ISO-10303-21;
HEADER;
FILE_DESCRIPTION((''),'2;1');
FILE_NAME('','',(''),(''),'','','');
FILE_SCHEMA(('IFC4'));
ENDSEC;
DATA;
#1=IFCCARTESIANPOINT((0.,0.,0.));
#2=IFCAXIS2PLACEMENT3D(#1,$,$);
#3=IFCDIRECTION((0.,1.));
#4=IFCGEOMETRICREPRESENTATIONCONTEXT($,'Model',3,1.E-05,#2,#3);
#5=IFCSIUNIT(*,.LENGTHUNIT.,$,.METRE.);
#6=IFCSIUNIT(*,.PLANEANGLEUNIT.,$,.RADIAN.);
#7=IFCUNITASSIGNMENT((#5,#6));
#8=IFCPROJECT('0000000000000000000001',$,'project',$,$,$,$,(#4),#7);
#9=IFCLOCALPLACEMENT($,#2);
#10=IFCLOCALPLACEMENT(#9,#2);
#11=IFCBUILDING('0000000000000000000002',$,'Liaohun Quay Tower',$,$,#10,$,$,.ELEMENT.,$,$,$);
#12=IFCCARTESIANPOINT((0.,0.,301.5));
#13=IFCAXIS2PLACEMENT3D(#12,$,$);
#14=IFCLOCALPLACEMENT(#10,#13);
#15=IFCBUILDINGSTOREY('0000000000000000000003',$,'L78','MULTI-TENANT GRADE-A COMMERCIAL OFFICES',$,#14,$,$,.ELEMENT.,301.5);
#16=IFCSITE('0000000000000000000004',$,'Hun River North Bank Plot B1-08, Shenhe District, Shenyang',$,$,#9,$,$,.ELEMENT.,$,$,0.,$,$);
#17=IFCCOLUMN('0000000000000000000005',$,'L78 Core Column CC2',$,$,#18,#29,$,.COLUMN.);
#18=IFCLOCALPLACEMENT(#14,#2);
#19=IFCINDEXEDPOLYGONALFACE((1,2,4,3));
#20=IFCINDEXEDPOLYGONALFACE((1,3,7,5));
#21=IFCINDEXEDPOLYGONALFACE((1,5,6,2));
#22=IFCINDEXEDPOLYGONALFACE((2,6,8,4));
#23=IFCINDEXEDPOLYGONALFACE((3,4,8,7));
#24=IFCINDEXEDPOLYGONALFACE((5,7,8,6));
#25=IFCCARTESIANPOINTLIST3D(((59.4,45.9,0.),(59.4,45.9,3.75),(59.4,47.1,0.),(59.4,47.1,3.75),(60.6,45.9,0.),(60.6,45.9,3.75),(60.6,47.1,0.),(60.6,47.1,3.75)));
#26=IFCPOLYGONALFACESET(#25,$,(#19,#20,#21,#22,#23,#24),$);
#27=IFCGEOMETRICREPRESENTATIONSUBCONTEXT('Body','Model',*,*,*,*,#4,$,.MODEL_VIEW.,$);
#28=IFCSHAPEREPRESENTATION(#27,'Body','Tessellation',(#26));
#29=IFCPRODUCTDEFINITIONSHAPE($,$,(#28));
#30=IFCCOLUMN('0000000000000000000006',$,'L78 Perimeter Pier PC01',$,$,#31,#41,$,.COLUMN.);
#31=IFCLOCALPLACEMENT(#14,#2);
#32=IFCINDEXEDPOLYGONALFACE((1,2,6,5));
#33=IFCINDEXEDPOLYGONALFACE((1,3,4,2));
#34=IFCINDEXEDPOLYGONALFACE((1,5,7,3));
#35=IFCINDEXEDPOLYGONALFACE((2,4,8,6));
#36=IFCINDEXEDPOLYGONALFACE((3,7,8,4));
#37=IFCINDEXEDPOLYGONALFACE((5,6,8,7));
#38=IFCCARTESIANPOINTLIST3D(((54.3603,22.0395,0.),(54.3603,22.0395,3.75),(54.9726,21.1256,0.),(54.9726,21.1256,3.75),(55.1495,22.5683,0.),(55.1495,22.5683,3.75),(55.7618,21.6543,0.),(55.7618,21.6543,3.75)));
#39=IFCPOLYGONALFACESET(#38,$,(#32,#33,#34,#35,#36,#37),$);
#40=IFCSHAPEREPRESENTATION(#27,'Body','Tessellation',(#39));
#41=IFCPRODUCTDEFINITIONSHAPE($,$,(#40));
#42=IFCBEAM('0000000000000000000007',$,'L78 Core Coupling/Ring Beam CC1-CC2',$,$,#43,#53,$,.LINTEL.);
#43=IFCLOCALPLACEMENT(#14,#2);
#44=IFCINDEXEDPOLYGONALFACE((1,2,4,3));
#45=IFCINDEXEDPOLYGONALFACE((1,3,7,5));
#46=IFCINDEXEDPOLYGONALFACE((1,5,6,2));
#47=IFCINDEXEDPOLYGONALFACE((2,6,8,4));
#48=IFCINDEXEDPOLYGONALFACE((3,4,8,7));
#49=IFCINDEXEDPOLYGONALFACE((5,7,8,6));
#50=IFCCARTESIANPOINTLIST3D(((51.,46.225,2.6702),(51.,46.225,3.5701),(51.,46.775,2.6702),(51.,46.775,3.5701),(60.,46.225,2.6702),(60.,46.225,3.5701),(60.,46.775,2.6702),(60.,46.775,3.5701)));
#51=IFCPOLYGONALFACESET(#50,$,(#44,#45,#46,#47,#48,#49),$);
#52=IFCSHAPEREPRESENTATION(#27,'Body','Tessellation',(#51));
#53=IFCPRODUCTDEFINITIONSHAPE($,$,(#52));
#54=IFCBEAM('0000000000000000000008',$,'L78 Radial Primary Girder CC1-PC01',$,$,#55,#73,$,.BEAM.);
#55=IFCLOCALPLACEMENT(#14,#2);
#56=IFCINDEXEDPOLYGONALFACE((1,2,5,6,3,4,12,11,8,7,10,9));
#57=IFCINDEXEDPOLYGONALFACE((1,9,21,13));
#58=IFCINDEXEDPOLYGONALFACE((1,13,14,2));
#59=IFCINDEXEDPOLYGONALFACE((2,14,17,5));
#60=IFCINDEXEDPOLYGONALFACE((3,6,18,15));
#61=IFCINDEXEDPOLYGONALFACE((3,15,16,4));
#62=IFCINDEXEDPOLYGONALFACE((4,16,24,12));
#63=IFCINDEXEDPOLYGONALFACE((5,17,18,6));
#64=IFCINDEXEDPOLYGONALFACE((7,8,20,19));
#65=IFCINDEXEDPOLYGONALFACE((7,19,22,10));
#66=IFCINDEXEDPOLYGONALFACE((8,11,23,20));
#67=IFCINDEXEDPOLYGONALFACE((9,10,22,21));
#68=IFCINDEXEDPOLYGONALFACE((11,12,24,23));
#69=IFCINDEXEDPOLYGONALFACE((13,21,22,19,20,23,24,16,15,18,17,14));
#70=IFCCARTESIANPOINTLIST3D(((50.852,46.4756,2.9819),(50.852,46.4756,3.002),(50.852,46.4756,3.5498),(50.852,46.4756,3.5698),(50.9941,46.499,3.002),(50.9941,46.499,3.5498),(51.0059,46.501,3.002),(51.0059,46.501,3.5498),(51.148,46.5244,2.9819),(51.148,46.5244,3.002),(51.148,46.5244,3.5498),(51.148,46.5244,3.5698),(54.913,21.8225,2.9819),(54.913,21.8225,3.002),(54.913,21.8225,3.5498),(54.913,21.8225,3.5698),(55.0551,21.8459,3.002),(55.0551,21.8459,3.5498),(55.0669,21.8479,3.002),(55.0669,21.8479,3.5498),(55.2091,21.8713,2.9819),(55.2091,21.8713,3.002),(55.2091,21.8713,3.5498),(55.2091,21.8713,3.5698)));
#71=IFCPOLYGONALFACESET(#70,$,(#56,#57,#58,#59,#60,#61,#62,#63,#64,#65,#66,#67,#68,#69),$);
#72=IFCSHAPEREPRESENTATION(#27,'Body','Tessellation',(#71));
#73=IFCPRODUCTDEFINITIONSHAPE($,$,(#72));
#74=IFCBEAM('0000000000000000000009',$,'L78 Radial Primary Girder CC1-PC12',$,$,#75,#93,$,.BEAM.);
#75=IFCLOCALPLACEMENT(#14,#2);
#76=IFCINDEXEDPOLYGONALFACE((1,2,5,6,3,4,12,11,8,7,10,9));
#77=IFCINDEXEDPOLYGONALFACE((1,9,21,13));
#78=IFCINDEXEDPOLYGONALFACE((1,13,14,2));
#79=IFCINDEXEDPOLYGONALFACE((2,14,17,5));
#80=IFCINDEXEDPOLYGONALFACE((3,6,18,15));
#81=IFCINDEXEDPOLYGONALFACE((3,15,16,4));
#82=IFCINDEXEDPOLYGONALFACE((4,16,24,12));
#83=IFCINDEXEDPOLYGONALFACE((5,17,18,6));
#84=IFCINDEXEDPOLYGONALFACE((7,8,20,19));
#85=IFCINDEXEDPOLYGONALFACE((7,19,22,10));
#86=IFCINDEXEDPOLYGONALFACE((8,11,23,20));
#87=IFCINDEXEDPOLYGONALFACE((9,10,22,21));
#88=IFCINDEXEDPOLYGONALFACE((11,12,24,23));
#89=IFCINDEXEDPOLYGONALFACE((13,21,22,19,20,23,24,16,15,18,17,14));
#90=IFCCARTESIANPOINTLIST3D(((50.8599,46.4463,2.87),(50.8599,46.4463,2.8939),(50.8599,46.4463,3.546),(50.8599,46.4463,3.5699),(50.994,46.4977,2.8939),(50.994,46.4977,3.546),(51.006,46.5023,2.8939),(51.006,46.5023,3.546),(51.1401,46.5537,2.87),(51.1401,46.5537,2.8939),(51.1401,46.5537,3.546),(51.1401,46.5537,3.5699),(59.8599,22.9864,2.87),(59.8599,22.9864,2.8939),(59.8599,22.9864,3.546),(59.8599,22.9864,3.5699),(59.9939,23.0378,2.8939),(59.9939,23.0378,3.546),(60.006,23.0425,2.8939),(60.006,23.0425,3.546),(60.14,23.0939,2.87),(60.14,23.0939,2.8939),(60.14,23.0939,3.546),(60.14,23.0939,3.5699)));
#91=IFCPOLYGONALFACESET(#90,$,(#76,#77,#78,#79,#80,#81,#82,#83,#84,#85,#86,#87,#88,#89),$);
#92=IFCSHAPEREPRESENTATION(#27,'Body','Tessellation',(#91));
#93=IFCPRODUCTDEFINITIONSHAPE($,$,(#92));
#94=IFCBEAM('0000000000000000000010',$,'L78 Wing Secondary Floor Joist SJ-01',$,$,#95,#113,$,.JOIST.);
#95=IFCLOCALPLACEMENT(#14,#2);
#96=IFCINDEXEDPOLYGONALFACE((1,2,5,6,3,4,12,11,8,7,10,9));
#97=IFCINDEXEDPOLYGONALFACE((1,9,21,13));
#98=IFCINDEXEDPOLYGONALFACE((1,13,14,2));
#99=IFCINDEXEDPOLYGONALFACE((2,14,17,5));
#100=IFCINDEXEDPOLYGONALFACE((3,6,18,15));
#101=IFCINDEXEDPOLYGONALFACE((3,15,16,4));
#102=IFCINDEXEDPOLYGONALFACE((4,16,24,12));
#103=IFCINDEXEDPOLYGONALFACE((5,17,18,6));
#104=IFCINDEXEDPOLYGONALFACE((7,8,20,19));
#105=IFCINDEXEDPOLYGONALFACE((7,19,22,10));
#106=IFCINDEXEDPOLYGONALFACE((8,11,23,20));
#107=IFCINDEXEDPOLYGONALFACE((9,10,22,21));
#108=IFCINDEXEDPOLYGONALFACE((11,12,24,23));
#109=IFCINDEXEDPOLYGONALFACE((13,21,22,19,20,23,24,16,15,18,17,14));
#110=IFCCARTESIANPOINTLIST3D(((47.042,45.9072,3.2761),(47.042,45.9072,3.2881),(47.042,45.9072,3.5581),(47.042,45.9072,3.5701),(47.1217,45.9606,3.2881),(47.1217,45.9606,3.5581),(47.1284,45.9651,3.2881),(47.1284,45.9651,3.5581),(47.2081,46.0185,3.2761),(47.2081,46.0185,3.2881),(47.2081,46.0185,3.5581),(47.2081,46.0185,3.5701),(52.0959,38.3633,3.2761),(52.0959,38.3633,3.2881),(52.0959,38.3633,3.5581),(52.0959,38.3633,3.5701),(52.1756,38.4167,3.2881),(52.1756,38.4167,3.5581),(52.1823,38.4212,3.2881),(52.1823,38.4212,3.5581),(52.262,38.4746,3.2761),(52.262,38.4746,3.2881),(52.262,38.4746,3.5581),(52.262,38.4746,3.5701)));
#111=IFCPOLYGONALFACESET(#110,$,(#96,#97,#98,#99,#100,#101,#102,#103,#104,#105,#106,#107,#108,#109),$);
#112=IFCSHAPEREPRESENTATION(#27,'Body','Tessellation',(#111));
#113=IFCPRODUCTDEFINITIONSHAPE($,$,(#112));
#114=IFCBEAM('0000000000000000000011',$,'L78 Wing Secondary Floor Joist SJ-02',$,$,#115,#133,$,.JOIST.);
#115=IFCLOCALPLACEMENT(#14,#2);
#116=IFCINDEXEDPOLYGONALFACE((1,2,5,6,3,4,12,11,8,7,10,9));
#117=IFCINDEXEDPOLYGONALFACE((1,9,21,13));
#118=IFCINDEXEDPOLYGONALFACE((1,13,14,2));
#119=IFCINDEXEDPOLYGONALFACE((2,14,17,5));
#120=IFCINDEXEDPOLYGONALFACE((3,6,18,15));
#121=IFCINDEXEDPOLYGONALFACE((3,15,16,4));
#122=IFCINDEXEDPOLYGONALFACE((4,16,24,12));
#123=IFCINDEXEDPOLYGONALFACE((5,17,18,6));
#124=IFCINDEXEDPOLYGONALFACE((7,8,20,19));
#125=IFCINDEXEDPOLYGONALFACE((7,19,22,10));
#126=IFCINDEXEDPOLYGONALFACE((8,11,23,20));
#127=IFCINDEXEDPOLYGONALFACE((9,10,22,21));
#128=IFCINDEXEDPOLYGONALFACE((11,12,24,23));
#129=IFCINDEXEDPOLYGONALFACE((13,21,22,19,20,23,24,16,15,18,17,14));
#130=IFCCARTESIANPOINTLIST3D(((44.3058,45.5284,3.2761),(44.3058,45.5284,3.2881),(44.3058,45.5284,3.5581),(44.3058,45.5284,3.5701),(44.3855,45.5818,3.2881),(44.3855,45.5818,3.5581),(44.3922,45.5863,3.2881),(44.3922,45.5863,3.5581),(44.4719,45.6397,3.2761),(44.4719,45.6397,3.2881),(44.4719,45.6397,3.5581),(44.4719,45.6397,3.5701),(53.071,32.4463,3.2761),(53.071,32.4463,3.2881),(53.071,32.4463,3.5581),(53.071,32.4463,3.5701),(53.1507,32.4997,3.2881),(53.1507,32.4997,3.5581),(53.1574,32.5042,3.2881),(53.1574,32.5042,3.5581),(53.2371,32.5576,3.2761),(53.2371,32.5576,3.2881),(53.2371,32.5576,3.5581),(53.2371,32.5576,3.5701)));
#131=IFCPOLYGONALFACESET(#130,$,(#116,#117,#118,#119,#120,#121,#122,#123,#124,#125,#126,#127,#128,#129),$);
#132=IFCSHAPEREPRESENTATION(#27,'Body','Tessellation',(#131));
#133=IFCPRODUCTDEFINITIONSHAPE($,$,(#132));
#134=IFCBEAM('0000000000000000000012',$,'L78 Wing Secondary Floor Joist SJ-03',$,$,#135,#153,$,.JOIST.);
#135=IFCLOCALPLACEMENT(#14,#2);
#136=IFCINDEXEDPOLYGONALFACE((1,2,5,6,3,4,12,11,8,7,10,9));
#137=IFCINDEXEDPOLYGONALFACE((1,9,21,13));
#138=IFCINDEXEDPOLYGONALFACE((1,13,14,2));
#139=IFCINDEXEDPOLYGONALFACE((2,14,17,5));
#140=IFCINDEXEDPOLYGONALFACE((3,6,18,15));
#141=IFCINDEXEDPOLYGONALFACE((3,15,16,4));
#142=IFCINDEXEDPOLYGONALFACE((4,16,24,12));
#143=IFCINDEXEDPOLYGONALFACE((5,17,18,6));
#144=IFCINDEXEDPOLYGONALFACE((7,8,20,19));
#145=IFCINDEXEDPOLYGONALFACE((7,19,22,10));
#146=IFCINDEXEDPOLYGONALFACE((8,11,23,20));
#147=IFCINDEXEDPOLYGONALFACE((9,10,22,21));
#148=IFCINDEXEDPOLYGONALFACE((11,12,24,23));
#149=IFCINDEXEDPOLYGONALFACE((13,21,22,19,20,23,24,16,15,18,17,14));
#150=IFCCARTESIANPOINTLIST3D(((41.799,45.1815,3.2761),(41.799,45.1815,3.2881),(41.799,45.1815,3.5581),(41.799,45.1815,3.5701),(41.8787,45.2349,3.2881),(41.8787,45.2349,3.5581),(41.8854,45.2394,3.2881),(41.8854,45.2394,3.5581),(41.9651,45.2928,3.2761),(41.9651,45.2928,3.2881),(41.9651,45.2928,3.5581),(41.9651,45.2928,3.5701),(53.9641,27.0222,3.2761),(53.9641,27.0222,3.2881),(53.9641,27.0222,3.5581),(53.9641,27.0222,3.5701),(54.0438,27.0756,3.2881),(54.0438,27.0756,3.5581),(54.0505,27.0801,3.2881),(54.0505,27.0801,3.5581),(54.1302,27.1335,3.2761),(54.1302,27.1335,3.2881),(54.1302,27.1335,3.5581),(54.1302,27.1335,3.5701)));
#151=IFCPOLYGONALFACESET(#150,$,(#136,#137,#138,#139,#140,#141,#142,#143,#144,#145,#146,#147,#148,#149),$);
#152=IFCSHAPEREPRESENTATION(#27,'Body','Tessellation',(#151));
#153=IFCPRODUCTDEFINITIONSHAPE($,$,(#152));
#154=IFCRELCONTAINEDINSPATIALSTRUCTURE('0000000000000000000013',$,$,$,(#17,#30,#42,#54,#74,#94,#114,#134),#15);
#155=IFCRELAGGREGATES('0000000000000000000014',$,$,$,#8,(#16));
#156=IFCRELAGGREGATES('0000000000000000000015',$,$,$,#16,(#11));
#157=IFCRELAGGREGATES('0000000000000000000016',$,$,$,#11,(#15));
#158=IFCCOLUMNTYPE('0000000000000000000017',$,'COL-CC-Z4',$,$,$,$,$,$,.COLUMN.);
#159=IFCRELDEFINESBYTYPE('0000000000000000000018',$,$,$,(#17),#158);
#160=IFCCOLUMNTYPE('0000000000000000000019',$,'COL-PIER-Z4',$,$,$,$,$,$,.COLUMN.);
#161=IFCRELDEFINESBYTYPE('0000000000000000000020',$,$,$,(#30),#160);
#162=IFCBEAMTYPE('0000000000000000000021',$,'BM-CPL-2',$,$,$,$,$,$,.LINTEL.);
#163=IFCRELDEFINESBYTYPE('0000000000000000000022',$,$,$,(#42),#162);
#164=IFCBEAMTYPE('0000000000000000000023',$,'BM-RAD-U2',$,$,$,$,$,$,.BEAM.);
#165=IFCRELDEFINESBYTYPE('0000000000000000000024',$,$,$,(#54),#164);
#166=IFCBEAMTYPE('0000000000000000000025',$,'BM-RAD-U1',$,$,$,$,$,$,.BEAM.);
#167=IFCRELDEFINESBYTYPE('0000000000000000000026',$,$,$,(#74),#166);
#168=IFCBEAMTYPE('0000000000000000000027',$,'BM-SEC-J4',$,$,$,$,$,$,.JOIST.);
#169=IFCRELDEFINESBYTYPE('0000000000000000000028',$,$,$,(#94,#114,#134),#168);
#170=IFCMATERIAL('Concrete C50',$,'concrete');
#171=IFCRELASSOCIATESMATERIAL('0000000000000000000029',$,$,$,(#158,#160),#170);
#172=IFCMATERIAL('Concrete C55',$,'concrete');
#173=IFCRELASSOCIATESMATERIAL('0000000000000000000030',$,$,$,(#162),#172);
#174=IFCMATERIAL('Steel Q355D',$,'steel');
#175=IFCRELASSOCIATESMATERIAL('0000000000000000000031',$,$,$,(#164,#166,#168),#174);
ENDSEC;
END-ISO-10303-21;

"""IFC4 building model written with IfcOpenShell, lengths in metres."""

from ifc_helpers import new_model, si_unit, direction, frame, origin, origin_2d, place, context, subcontext, project, spatial, rectangle, i_section, extrude, source, transform, mapped, material, material_profile, profile_set, type_object, element, save


model = new_model("IFC4")

# Units and contexts
model_context = context("Model", 3, precision=1e-05, world=origin(), true_north=direction((0.0, 1.0)))
body_context = subcontext(model_context, "Body", "Model", "MODEL_VIEW")
ifc_project = project(units=[si_unit("LENGTHUNIT", "METRE"), si_unit("PLANEANGLEUNIT", "RADIAN")], contexts=[model_context])

# Site, building, storey
site_placement = place(None, origin())
site = spatial("IfcSite", under=ifc_project, at=site_placement, Name="Hun River North Bank Plot B1-08, Shenhe District, Shenyang", CompositionType="ELEMENT", RefElevation=0.0)
building_placement = place(site_placement, origin())
building = spatial("IfcBuilding", under=site, at=building_placement, Name="Liaohun Quay Tower", CompositionType="ELEMENT")
storey_placement = place(building_placement, frame((0.0, 0.0, 301.5)))
storey = spatial("IfcBuildingStorey", under=building, at=storey_placement, Name="L78", Description="MULTI-TENANT GRADE-A COMMERCIAL OFFICES", CompositionType="ELEMENT", Elevation=301.5)

# Columns
ifc_material_1 = material(Name="Concrete C50", Category="concrete")
ifc_material_profile_1 = material_profile(ifc_material_1, rectangle(XDim=1.2, YDim=1.2, at=origin_2d()), Name="RC1200x1200")
ifc_profile_set_1 = profile_set([ifc_material_profile_1], Name="Concrete C50")
column_type_1 = type_object("IfcColumnType", Name="COL-CC-Z4", PredefinedType="COLUMN", material=ifc_profile_set_1)
shared_shape_1 = source(origin(), body_context, "Body", "SweptSolid", [
    extrude(rectangle(XDim=1.2, YDim=1.2, at=origin_2d()), origin(), (0.0, 0.0, 1.0), 3.75),
])
column_1_placement = place(storey_placement, frame((60.0, 46.5, 0.0), z_axis=(0.0, 0.0, 1.0), x_axis=(1.0, 0.0, 0.0)))
element("IfcColumn", 1, at=column_1_placement, inside=storey, type_object=column_type_1, Name="L78 Core Column CC2", PredefinedType="COLUMN", context=body_context, shape_type="MappedRepresentation", body=[
    mapped(shared_shape_1, transform((0.0, 0.0, 0.0), x_axis=(1.0, 0.0, 0.0), y_axis=(0.0, 1.0, 0.0), z_axis=(0.0, 0.0, 1.0), scale=1.0)),
])
ifc_material_profile_2 = material_profile(ifc_material_1, rectangle(XDim=1.1001, YDim=0.95, at=origin_2d()), Name="RC1100x950")
ifc_profile_set_2 = profile_set([ifc_material_profile_2], Name="Concrete C50")
column_type_2 = type_object("IfcColumnType", Name="COL-PIER-Z4", PredefinedType="COLUMN", material=ifc_profile_set_2)
shared_shape_2 = source(origin(), body_context, "Body", "SweptSolid", [
    extrude(rectangle(XDim=1.1001, YDim=0.95, at=origin_2d()), origin(), (0.0, 0.0, 1.0), 3.75),
])
column_2_placement = place(storey_placement, frame((55.061, 21.8469, 0.0), z_axis=(0.0, 0.0, 1.0), x_axis=(-0.556586, 0.83079, 0.0)))
element("IfcColumn", 2, at=column_2_placement, inside=storey, type_object=column_type_2, Name="L78 Perimeter Pier PC01", PredefinedType="COLUMN", context=body_context, shape_type="MappedRepresentation", body=[
    mapped(shared_shape_2, transform((0.0, 0.0, 0.0), x_axis=(1.0, 0.0, 0.0), y_axis=(0.0, 1.0, 0.0), z_axis=(0.0, 0.0, 1.0), scale=1.0)),
])

# Beams
ifc_material_2 = material(Name="Concrete C55", Category="concrete")
ifc_material_profile_3 = material_profile(ifc_material_2, rectangle(XDim=0.55, YDim=0.8999, at=origin_2d()), Name="RC550x900")
ifc_profile_set_3 = profile_set([ifc_material_profile_3], Name="Concrete C55")
beam_type_1 = type_object("IfcBeamType", Name="BM-CPL-2", PredefinedType="LINTEL", material=ifc_profile_set_3)
shared_shape_3 = source(origin(), body_context, "Body", "SweptSolid", [
    extrude(rectangle(XDim=0.55, YDim=0.8999, at=origin_2d()), origin(), (0.0, 0.0, 1.0), 9.0),
])
beam_1_placement = place(storey_placement, frame((51.0, 46.5, 3.1201), z_axis=(1.0, 0.0, 0.0), x_axis=(0.0, 1.0, 0.0)))
element("IfcBeam", 3, at=beam_1_placement, inside=storey, type_object=beam_type_1, Name="L78 Core Coupling/Ring Beam CC1-CC2", PredefinedType="LINTEL", context=body_context, shape_type="MappedRepresentation", body=[
    mapped(shared_shape_3, transform((0.0, 0.0, 0.0), x_axis=(1.0, 0.0, 0.0), y_axis=(0.0, 1.0, 0.0), z_axis=(0.0, 0.0, 1.0), scale=1.0)),
])
ifc_material_3 = material(Name="Steel Q355D", Category="steel")
ifc_material_profile_4 = material_profile(ifc_material_3, i_section(OverallWidth=0.3, OverallDepth=0.5879, WebThickness=0.012, FlangeThickness=0.02, at=origin_2d()), Name="HM588x300x12x20")
ifc_profile_set_4 = profile_set([ifc_material_profile_4], Name="Steel Q355D")
beam_type_2 = type_object("IfcBeamType", Name="BM-RAD-U2", PredefinedType="BEAM", material=ifc_profile_set_4)
shared_shape_4 = source(origin(), body_context, "Body", "SweptSolid", [
    extrude(i_section(OverallWidth=0.3, OverallDepth=0.5879, WebThickness=0.012, FlangeThickness=0.02, at=origin_2d()), origin(), (0.0, 0.0, 1.0), 24.9854),
])
beam_2_placement = place(storey_placement, frame((51.0, 46.5, 3.2759), z_axis=(0.162537, -0.986702, 0.0), x_axis=(0.986702, 0.162537, 0.0)))
element("IfcBeam", 4, at=beam_2_placement, inside=storey, type_object=beam_type_2, Name="L78 Radial Primary Girder CC1-PC01", PredefinedType="BEAM", context=body_context, shape_type="MappedRepresentation", body=[
    mapped(shared_shape_4, transform((0.0, 0.0, 0.0), x_axis=(1.0, 0.0, 0.0), y_axis=(0.0, 1.0, 0.0), z_axis=(0.0, 0.0, 1.0), scale=1.0)),
])
ifc_material_profile_5 = material_profile(ifc_material_3, i_section(OverallWidth=0.3, OverallDepth=0.7, WebThickness=0.0129, FlangeThickness=0.0239, at=origin_2d()), Name="HN700x300x13x24")
ifc_profile_set_5 = profile_set([ifc_material_profile_5], Name="Steel Q355D")
beam_type_3 = type_object("IfcBeamType", Name="BM-RAD-U1", PredefinedType="BEAM", material=ifc_profile_set_5)
shared_shape_5 = source(origin(), body_context, "Body", "SweptSolid", [
    extrude(i_section(OverallWidth=0.3, OverallDepth=0.7, WebThickness=0.0129, FlangeThickness=0.0239, at=origin_2d()), origin(), (0.0, 0.0, 1.0), 25.127),
])
beam_3_placement = place(storey_placement, frame((51.0, 46.5, 3.22), z_axis=(0.358179, -0.933653, 0.0), x_axis=(0.933653, 0.358179, 0.0)))
element("IfcBeam", 5, at=beam_3_placement, inside=storey, type_object=beam_type_3, Name="L78 Radial Primary Girder CC1-PC12", PredefinedType="BEAM", context=body_context, shape_type="MappedRepresentation", body=[
    mapped(shared_shape_5, transform((0.0, 0.0, 0.0), x_axis=(1.0, 0.0, 0.0), y_axis=(0.0, 1.0, 0.0), z_axis=(0.0, 0.0, 1.0), scale=1.0)),
])
ifc_material_profile_6 = material_profile(ifc_material_3, i_section(OverallWidth=0.2, OverallDepth=0.2939, WebThickness=0.0081, FlangeThickness=0.012, at=origin_2d()), Name="HM294x200x8x12")
ifc_profile_set_6 = profile_set([ifc_material_profile_6], Name="Steel Q355D")
beam_type_4 = type_object("IfcBeamType", Name="BM-SEC-J4", PredefinedType="JOIST", material=ifc_profile_set_6)
shared_shape_6 = source(origin(), body_context, "Body", "SweptSolid", [
    extrude(i_section(OverallWidth=0.2, OverallDepth=0.2939, WebThickness=0.0081, FlangeThickness=0.012, at=origin_2d()), origin(), (0.0, 0.0, 1.0), 9.0803),
])
beam_4_placement = place(storey_placement, frame((52.179, 38.4189, 3.4231), z_axis=(-0.556579, 0.830795, 0.0), x_axis=(-0.830795, -0.556579, 0.0)))
element("IfcBeam", 6, at=beam_4_placement, inside=storey, type_object=beam_type_4, Name="L78 Wing Secondary Floor Joist SJ-01", PredefinedType="JOIST", context=body_context, shape_type="MappedRepresentation", body=[
    mapped(shared_shape_6, transform((0.0, 0.0, 0.0), x_axis=(1.0, 0.0, 0.0), y_axis=(0.0, 1.0, 0.0), z_axis=(0.0, 0.0, 1.0), scale=1.0)),
])
shared_shape_7 = source(origin(), body_context, "Body", "SweptSolid", [
    extrude(i_section(OverallWidth=0.2, OverallDepth=0.2939, WebThickness=0.0081, FlangeThickness=0.012, at=origin_2d()), origin(), (0.0, 0.0, 1.0), 15.7471),
])
beam_5_placement = place(storey_placement, frame((53.1541, 32.502, 3.4231), z_axis=(-0.556624, 0.830765, 0.0), x_axis=(-0.830765, -0.556624, 0.0)))
element("IfcBeam", 7, at=beam_5_placement, inside=storey, type_object=beam_type_4, Name="L78 Wing Secondary Floor Joist SJ-02", PredefinedType="JOIST", context=body_context, shape_type="MappedRepresentation", body=[
    mapped(shared_shape_7, transform((0.0, 0.0, 0.0), x_axis=(1.0, 0.0, 0.0), y_axis=(0.0, 1.0, 0.0), z_axis=(0.0, 0.0, 1.0), scale=1.0)),
])
shared_shape_8 = source(origin(), body_context, "Body", "SweptSolid", [
    extrude(i_section(OverallWidth=0.2, OverallDepth=0.2939, WebThickness=0.0081, FlangeThickness=0.012, at=origin_2d()), origin(), (0.0, 0.0, 1.0), 21.8574),
])
beam_6_placement = place(storey_placement, frame((54.0471, 27.0779, 3.4231), z_axis=(-0.556565, 0.830804, 0.0), x_axis=(-0.830804, -0.556565, 0.0)))
element("IfcBeam", 8, at=beam_6_placement, inside=storey, type_object=beam_type_4, Name="L78 Wing Secondary Floor Joist SJ-03", PredefinedType="JOIST", context=body_context, shape_type="MappedRepresentation", body=[
    mapped(shared_shape_8, transform((0.0, 0.0, 0.0), x_axis=(1.0, 0.0, 0.0), y_axis=(0.0, 1.0, 0.0), z_axis=(0.0, 0.0, 1.0), scale=1.0)),
])

save(model, "model.ifc")
